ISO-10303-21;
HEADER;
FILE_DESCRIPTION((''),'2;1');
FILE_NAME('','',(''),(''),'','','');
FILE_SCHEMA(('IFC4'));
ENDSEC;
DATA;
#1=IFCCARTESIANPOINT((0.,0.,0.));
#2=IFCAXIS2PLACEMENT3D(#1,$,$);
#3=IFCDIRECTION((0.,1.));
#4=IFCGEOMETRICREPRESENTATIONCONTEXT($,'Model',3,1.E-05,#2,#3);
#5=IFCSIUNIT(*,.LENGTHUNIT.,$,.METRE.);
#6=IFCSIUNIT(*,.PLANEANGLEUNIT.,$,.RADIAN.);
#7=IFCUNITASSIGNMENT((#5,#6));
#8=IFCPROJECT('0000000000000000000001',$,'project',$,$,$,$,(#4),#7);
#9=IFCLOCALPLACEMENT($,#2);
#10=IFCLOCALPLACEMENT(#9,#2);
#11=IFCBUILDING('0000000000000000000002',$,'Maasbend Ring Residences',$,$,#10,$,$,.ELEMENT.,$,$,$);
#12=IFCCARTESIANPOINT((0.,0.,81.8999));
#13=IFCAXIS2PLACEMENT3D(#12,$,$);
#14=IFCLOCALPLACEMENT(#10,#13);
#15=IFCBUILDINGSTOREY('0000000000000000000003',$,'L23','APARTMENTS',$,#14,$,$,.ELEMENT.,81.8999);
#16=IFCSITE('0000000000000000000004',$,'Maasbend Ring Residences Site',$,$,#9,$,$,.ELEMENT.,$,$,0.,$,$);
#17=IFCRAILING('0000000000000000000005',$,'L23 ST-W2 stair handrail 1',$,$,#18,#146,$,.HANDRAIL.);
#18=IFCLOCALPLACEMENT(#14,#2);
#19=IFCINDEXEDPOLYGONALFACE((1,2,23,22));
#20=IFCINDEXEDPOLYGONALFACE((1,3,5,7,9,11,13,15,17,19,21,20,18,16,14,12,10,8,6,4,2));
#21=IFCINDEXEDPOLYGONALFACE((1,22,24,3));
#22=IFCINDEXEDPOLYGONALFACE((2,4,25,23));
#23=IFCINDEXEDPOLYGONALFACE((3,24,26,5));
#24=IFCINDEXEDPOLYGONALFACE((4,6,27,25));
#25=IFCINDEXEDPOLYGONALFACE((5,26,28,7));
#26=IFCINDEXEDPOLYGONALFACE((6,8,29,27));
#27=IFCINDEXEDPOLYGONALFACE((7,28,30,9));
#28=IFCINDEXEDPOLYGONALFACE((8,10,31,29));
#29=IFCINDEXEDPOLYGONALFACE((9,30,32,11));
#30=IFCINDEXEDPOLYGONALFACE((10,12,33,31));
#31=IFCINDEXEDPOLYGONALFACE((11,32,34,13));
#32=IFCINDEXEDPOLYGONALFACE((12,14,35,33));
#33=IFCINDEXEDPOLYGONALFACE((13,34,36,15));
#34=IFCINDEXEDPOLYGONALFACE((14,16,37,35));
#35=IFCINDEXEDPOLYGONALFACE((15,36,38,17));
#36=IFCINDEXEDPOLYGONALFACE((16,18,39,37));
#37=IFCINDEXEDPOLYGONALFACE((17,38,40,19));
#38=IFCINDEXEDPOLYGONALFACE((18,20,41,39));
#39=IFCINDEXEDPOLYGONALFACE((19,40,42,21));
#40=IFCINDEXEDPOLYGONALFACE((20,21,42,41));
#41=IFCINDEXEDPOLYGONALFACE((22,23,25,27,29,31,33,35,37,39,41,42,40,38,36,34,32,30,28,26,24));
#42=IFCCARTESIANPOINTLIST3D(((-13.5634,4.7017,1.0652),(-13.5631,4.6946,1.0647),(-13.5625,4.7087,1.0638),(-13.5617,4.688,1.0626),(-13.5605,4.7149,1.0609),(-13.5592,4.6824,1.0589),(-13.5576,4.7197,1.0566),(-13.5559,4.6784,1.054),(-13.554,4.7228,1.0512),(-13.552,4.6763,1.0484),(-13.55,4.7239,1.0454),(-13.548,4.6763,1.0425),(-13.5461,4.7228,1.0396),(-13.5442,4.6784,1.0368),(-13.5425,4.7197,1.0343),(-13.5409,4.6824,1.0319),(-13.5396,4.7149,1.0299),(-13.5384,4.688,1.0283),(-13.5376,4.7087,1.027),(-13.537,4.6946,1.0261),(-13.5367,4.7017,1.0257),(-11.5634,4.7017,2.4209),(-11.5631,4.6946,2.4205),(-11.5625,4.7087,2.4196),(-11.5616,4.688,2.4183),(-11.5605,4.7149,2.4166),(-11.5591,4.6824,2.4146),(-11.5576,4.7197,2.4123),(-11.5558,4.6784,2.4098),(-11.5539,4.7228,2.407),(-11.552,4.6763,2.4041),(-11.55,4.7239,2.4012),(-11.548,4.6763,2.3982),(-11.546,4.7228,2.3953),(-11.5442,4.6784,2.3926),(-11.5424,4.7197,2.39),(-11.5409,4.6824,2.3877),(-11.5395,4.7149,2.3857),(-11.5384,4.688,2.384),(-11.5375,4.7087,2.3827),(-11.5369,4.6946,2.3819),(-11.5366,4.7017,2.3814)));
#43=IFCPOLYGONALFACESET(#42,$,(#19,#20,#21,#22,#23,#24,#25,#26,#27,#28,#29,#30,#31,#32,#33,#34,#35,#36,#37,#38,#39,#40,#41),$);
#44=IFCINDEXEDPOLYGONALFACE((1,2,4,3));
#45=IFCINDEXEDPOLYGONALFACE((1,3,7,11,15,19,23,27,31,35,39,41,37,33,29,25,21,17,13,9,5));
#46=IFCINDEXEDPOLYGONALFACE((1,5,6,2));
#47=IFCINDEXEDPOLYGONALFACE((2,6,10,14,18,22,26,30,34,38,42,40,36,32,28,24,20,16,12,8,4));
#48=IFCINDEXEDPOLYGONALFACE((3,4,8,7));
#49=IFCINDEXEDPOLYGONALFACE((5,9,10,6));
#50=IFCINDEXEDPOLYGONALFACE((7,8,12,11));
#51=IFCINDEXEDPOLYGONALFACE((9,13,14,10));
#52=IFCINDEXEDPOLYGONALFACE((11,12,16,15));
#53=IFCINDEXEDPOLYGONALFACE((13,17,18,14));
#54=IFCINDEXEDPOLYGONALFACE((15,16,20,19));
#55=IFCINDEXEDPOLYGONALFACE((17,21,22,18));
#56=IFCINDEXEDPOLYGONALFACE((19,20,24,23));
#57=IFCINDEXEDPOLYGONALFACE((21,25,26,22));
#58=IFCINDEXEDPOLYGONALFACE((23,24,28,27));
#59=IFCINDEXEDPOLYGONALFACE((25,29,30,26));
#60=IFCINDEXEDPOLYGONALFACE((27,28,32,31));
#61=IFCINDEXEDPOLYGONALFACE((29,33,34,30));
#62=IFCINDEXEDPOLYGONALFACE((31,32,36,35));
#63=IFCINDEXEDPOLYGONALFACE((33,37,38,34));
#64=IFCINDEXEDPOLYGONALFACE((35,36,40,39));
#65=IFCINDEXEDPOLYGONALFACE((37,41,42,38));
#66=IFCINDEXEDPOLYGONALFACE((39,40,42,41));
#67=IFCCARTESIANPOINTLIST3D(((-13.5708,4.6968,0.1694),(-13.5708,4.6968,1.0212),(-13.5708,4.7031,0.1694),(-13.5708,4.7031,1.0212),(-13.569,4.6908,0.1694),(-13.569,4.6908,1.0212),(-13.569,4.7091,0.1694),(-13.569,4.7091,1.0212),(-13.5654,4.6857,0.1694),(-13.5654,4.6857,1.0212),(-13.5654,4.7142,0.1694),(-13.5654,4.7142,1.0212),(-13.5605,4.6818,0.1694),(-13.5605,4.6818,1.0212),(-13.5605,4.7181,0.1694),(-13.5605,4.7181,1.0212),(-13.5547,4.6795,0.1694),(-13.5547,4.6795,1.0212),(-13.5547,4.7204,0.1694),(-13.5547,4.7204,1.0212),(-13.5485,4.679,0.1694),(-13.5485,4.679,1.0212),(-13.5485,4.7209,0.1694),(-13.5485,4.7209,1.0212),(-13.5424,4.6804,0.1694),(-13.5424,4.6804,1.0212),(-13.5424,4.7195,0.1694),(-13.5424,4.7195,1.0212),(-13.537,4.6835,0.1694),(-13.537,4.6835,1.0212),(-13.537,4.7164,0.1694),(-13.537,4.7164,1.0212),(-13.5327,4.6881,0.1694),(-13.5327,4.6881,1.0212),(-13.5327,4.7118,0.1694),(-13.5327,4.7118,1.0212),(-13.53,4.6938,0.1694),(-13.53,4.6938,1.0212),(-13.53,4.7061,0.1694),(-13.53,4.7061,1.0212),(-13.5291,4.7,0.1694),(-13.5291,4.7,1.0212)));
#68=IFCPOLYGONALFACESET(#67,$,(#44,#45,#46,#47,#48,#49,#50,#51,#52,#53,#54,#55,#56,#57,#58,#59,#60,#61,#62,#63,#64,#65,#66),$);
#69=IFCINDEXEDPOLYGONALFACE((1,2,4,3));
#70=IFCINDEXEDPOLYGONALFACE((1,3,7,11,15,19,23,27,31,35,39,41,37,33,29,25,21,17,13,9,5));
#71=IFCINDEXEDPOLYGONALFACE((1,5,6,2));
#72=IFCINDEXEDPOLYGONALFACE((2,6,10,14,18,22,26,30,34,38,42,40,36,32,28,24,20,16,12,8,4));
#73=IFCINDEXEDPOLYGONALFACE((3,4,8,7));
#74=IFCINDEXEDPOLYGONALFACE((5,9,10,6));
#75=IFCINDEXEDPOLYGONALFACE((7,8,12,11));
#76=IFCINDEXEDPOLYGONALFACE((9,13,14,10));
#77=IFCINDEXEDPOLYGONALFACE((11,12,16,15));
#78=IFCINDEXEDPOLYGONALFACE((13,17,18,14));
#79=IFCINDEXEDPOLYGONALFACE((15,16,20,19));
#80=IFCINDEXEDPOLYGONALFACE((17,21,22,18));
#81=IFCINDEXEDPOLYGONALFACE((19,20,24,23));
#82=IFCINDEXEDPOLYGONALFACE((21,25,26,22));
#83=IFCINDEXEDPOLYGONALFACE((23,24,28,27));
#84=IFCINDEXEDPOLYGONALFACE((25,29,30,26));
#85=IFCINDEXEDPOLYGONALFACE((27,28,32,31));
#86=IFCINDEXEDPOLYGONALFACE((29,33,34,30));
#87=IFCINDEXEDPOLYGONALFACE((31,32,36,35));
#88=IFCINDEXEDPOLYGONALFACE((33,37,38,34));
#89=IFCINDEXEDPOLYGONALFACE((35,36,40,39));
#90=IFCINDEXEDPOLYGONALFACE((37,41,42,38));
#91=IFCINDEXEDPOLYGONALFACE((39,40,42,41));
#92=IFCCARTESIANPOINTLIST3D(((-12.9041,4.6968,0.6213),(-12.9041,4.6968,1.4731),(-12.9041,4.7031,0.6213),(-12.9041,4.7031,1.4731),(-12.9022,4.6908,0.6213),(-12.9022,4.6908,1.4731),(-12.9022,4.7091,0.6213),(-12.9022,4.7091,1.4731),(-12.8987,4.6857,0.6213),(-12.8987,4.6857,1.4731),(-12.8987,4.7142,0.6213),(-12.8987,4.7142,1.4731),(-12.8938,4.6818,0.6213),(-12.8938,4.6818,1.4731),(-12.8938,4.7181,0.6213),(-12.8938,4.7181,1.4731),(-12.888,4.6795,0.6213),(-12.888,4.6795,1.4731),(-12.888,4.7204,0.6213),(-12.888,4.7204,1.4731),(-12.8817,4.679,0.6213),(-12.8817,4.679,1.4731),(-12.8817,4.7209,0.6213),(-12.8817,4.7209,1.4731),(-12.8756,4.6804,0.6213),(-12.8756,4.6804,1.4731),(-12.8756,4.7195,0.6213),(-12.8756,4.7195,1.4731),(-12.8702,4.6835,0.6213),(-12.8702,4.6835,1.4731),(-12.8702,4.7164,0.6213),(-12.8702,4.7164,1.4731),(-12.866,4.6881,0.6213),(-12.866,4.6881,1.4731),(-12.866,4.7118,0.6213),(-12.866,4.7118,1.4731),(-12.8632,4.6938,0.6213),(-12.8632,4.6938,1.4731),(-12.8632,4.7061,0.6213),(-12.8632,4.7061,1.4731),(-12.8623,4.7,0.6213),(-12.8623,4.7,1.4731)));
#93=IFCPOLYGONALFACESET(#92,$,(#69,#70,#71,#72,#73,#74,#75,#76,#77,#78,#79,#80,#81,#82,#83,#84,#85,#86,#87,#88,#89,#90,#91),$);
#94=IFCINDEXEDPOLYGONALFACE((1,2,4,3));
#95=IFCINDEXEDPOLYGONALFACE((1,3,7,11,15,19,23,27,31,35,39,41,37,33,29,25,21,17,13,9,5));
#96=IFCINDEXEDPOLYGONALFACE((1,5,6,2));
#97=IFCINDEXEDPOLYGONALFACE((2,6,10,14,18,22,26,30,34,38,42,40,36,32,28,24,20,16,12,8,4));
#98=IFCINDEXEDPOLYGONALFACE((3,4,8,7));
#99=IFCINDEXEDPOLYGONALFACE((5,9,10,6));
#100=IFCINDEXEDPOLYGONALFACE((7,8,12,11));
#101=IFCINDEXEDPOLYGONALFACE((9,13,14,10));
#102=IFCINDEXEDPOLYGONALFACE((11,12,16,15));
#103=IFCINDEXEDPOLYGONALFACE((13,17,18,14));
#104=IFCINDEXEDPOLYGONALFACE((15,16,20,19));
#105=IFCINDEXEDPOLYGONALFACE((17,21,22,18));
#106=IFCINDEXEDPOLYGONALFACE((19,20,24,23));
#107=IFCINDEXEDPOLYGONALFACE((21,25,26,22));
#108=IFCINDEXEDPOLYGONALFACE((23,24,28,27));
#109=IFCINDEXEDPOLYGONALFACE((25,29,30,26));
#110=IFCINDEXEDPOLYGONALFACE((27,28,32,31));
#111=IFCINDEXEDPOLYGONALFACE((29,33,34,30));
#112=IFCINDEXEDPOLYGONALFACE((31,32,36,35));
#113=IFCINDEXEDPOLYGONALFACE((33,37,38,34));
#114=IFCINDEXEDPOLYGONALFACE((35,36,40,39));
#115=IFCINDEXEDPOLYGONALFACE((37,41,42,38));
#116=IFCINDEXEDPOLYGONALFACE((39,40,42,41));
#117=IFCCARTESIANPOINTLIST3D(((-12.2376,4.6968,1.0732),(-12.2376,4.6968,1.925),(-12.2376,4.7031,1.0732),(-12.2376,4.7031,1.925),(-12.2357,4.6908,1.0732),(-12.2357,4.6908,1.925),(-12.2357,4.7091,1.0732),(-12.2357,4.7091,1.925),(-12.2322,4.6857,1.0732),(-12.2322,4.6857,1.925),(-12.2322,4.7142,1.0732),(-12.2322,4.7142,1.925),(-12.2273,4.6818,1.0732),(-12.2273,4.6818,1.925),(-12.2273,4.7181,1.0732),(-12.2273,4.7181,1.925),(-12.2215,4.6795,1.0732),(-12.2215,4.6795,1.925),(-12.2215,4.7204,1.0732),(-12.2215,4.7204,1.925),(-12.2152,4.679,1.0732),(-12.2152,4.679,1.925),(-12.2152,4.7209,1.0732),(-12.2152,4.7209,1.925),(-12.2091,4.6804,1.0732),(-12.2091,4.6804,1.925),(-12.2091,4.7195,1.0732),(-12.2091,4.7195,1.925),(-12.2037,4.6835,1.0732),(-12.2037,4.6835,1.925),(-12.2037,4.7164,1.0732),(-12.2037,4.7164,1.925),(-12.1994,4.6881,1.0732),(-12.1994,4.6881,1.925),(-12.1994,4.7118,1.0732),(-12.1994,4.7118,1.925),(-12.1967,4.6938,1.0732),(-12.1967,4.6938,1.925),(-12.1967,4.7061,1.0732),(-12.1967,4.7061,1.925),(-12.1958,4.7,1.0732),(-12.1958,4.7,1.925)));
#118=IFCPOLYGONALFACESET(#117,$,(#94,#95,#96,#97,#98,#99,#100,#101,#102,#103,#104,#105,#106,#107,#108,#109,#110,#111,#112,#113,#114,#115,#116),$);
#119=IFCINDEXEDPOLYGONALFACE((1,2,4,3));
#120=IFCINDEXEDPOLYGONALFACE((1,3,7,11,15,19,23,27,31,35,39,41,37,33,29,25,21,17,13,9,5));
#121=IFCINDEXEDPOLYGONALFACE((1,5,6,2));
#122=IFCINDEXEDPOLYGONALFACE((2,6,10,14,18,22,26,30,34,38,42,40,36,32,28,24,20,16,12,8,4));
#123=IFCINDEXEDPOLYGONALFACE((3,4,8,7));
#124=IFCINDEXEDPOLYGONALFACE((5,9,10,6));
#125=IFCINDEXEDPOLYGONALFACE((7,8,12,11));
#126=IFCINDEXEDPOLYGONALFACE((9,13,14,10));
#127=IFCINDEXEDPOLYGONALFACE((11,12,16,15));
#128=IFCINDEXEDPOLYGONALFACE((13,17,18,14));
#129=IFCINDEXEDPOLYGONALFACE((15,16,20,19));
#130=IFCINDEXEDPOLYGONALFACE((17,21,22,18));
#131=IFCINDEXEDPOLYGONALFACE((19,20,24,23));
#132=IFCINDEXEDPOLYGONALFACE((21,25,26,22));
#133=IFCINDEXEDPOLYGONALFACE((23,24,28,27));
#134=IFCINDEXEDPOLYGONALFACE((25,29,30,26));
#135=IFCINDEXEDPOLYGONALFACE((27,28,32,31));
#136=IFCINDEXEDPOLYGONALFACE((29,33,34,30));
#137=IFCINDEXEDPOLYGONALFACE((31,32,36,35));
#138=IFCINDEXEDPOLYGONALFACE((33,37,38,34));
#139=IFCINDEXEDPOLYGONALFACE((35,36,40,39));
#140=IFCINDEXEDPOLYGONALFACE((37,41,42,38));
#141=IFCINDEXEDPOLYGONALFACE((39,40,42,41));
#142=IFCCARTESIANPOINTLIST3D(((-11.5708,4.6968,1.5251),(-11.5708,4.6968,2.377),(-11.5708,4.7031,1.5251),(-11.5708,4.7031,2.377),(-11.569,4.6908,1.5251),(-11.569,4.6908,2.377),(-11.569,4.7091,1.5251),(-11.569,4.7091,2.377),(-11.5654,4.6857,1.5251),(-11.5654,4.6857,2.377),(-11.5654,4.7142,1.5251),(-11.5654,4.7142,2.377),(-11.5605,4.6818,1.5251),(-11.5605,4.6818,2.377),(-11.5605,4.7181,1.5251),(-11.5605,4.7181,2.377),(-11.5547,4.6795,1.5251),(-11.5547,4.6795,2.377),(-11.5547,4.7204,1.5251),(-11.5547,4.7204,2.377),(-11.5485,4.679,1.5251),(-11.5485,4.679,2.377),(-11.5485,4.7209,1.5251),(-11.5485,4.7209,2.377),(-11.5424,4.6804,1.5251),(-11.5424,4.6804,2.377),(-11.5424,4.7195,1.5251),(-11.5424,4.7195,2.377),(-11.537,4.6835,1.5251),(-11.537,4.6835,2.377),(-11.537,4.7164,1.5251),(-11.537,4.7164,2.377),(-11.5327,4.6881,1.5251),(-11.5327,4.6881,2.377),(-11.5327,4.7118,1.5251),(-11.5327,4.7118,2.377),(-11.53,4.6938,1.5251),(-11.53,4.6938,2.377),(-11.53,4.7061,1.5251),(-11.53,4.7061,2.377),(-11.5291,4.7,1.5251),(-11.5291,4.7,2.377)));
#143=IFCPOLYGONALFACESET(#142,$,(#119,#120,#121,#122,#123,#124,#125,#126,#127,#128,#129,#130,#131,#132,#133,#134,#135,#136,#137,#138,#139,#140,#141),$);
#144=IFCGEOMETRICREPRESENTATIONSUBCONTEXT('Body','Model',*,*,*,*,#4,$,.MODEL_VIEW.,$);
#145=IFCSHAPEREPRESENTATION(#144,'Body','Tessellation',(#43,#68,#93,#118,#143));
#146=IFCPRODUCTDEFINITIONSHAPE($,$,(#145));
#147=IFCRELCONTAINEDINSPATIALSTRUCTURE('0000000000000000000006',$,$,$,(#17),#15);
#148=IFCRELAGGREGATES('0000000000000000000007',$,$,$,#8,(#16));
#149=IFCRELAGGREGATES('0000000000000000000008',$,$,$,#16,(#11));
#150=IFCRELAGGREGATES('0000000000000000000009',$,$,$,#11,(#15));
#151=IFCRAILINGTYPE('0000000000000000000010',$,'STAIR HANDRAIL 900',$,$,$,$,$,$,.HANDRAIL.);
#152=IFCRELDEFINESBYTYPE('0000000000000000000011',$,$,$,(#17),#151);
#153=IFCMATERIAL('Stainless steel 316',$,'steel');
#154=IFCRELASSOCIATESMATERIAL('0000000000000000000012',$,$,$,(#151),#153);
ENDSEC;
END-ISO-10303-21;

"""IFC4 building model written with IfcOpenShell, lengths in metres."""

from ifc_helpers import new_model, si_unit, direction, frame, origin, origin_2d, place, context, subcontext, project, spatial, circle, extrude, material, type_object, element, save


model = new_model("IFC4")

# Units and contexts
model_context = context("Model", 3, precision=1e-05, world=origin(), true_north=direction((0.0, 1.0)))
body_context = subcontext(model_context, "Body", "Model", "MODEL_VIEW")
ifc_project = project(units=[si_unit("LENGTHUNIT", "METRE"), si_unit("PLANEANGLEUNIT", "RADIAN")], contexts=[model_context])

# Site, building, storey
site_placement = place(None, origin())
site = spatial("IfcSite", under=ifc_project, at=site_placement, Name="Maasbend Ring Residences Site", CompositionType="ELEMENT", RefElevation=0.0)
building_placement = place(site_placement, origin())
building = spatial("IfcBuilding", under=site, at=building_placement, Name="Maasbend Ring Residences", CompositionType="ELEMENT")
storey_placement = place(building_placement, frame((0.0, 0.0, 81.8999)))
storey = spatial("IfcBuildingStorey", under=building, at=storey_placement, Name="L23", Description="APARTMENTS", CompositionType="ELEMENT", Elevation=81.8999)

# Railing
ifc_material_1 = material(Name="Stainless steel 316", Category="steel")
railing_type_1 = type_object("IfcRailingType", Name="STAIR HANDRAIL 900", PredefinedType="HANDRAIL", material=ifc_material_1)
railing_1_placement = place(storey_placement, frame((-13.55, 4.7, 0.1694)))
element("IfcRailing", 1, at=railing_1_placement, inside=storey, type_object=railing_type_1, Name="L23 ST-W2 stair handrail 1", PredefinedType="HANDRAIL", context=body_context, shape_type="SweptSolid", body=[
    extrude(circle(Radius=0.0239, at=origin_2d()), frame((0.0, 0.0, 0.876), z_axis=(0.827751, 0.0, 0.561096), x_axis=(0.0, 1.0, 0.0)), (0.0, 0.0, 1.0), 2.4163),
    extrude(circle(Radius=0.021, at=origin_2d()), origin(), (0.0, 0.0, 1.0), 0.8518),
    extrude(circle(Radius=0.021, at=origin_2d()), frame((0.6667, 0.0, 0.4519)), (0.0, 0.0, 1.0), 0.8518),
    extrude(circle(Radius=0.021, at=origin_2d()), frame((1.3333, 0.0, 0.9038)), (0.0, 0.0, 1.0), 0.8518),
    extrude(circle(Radius=0.021, at=origin_2d()), frame((2.0, 0.0, 1.3557)), (0.0, 0.0, 1.0), 0.8518),
])

save(model, "model.ifc")
